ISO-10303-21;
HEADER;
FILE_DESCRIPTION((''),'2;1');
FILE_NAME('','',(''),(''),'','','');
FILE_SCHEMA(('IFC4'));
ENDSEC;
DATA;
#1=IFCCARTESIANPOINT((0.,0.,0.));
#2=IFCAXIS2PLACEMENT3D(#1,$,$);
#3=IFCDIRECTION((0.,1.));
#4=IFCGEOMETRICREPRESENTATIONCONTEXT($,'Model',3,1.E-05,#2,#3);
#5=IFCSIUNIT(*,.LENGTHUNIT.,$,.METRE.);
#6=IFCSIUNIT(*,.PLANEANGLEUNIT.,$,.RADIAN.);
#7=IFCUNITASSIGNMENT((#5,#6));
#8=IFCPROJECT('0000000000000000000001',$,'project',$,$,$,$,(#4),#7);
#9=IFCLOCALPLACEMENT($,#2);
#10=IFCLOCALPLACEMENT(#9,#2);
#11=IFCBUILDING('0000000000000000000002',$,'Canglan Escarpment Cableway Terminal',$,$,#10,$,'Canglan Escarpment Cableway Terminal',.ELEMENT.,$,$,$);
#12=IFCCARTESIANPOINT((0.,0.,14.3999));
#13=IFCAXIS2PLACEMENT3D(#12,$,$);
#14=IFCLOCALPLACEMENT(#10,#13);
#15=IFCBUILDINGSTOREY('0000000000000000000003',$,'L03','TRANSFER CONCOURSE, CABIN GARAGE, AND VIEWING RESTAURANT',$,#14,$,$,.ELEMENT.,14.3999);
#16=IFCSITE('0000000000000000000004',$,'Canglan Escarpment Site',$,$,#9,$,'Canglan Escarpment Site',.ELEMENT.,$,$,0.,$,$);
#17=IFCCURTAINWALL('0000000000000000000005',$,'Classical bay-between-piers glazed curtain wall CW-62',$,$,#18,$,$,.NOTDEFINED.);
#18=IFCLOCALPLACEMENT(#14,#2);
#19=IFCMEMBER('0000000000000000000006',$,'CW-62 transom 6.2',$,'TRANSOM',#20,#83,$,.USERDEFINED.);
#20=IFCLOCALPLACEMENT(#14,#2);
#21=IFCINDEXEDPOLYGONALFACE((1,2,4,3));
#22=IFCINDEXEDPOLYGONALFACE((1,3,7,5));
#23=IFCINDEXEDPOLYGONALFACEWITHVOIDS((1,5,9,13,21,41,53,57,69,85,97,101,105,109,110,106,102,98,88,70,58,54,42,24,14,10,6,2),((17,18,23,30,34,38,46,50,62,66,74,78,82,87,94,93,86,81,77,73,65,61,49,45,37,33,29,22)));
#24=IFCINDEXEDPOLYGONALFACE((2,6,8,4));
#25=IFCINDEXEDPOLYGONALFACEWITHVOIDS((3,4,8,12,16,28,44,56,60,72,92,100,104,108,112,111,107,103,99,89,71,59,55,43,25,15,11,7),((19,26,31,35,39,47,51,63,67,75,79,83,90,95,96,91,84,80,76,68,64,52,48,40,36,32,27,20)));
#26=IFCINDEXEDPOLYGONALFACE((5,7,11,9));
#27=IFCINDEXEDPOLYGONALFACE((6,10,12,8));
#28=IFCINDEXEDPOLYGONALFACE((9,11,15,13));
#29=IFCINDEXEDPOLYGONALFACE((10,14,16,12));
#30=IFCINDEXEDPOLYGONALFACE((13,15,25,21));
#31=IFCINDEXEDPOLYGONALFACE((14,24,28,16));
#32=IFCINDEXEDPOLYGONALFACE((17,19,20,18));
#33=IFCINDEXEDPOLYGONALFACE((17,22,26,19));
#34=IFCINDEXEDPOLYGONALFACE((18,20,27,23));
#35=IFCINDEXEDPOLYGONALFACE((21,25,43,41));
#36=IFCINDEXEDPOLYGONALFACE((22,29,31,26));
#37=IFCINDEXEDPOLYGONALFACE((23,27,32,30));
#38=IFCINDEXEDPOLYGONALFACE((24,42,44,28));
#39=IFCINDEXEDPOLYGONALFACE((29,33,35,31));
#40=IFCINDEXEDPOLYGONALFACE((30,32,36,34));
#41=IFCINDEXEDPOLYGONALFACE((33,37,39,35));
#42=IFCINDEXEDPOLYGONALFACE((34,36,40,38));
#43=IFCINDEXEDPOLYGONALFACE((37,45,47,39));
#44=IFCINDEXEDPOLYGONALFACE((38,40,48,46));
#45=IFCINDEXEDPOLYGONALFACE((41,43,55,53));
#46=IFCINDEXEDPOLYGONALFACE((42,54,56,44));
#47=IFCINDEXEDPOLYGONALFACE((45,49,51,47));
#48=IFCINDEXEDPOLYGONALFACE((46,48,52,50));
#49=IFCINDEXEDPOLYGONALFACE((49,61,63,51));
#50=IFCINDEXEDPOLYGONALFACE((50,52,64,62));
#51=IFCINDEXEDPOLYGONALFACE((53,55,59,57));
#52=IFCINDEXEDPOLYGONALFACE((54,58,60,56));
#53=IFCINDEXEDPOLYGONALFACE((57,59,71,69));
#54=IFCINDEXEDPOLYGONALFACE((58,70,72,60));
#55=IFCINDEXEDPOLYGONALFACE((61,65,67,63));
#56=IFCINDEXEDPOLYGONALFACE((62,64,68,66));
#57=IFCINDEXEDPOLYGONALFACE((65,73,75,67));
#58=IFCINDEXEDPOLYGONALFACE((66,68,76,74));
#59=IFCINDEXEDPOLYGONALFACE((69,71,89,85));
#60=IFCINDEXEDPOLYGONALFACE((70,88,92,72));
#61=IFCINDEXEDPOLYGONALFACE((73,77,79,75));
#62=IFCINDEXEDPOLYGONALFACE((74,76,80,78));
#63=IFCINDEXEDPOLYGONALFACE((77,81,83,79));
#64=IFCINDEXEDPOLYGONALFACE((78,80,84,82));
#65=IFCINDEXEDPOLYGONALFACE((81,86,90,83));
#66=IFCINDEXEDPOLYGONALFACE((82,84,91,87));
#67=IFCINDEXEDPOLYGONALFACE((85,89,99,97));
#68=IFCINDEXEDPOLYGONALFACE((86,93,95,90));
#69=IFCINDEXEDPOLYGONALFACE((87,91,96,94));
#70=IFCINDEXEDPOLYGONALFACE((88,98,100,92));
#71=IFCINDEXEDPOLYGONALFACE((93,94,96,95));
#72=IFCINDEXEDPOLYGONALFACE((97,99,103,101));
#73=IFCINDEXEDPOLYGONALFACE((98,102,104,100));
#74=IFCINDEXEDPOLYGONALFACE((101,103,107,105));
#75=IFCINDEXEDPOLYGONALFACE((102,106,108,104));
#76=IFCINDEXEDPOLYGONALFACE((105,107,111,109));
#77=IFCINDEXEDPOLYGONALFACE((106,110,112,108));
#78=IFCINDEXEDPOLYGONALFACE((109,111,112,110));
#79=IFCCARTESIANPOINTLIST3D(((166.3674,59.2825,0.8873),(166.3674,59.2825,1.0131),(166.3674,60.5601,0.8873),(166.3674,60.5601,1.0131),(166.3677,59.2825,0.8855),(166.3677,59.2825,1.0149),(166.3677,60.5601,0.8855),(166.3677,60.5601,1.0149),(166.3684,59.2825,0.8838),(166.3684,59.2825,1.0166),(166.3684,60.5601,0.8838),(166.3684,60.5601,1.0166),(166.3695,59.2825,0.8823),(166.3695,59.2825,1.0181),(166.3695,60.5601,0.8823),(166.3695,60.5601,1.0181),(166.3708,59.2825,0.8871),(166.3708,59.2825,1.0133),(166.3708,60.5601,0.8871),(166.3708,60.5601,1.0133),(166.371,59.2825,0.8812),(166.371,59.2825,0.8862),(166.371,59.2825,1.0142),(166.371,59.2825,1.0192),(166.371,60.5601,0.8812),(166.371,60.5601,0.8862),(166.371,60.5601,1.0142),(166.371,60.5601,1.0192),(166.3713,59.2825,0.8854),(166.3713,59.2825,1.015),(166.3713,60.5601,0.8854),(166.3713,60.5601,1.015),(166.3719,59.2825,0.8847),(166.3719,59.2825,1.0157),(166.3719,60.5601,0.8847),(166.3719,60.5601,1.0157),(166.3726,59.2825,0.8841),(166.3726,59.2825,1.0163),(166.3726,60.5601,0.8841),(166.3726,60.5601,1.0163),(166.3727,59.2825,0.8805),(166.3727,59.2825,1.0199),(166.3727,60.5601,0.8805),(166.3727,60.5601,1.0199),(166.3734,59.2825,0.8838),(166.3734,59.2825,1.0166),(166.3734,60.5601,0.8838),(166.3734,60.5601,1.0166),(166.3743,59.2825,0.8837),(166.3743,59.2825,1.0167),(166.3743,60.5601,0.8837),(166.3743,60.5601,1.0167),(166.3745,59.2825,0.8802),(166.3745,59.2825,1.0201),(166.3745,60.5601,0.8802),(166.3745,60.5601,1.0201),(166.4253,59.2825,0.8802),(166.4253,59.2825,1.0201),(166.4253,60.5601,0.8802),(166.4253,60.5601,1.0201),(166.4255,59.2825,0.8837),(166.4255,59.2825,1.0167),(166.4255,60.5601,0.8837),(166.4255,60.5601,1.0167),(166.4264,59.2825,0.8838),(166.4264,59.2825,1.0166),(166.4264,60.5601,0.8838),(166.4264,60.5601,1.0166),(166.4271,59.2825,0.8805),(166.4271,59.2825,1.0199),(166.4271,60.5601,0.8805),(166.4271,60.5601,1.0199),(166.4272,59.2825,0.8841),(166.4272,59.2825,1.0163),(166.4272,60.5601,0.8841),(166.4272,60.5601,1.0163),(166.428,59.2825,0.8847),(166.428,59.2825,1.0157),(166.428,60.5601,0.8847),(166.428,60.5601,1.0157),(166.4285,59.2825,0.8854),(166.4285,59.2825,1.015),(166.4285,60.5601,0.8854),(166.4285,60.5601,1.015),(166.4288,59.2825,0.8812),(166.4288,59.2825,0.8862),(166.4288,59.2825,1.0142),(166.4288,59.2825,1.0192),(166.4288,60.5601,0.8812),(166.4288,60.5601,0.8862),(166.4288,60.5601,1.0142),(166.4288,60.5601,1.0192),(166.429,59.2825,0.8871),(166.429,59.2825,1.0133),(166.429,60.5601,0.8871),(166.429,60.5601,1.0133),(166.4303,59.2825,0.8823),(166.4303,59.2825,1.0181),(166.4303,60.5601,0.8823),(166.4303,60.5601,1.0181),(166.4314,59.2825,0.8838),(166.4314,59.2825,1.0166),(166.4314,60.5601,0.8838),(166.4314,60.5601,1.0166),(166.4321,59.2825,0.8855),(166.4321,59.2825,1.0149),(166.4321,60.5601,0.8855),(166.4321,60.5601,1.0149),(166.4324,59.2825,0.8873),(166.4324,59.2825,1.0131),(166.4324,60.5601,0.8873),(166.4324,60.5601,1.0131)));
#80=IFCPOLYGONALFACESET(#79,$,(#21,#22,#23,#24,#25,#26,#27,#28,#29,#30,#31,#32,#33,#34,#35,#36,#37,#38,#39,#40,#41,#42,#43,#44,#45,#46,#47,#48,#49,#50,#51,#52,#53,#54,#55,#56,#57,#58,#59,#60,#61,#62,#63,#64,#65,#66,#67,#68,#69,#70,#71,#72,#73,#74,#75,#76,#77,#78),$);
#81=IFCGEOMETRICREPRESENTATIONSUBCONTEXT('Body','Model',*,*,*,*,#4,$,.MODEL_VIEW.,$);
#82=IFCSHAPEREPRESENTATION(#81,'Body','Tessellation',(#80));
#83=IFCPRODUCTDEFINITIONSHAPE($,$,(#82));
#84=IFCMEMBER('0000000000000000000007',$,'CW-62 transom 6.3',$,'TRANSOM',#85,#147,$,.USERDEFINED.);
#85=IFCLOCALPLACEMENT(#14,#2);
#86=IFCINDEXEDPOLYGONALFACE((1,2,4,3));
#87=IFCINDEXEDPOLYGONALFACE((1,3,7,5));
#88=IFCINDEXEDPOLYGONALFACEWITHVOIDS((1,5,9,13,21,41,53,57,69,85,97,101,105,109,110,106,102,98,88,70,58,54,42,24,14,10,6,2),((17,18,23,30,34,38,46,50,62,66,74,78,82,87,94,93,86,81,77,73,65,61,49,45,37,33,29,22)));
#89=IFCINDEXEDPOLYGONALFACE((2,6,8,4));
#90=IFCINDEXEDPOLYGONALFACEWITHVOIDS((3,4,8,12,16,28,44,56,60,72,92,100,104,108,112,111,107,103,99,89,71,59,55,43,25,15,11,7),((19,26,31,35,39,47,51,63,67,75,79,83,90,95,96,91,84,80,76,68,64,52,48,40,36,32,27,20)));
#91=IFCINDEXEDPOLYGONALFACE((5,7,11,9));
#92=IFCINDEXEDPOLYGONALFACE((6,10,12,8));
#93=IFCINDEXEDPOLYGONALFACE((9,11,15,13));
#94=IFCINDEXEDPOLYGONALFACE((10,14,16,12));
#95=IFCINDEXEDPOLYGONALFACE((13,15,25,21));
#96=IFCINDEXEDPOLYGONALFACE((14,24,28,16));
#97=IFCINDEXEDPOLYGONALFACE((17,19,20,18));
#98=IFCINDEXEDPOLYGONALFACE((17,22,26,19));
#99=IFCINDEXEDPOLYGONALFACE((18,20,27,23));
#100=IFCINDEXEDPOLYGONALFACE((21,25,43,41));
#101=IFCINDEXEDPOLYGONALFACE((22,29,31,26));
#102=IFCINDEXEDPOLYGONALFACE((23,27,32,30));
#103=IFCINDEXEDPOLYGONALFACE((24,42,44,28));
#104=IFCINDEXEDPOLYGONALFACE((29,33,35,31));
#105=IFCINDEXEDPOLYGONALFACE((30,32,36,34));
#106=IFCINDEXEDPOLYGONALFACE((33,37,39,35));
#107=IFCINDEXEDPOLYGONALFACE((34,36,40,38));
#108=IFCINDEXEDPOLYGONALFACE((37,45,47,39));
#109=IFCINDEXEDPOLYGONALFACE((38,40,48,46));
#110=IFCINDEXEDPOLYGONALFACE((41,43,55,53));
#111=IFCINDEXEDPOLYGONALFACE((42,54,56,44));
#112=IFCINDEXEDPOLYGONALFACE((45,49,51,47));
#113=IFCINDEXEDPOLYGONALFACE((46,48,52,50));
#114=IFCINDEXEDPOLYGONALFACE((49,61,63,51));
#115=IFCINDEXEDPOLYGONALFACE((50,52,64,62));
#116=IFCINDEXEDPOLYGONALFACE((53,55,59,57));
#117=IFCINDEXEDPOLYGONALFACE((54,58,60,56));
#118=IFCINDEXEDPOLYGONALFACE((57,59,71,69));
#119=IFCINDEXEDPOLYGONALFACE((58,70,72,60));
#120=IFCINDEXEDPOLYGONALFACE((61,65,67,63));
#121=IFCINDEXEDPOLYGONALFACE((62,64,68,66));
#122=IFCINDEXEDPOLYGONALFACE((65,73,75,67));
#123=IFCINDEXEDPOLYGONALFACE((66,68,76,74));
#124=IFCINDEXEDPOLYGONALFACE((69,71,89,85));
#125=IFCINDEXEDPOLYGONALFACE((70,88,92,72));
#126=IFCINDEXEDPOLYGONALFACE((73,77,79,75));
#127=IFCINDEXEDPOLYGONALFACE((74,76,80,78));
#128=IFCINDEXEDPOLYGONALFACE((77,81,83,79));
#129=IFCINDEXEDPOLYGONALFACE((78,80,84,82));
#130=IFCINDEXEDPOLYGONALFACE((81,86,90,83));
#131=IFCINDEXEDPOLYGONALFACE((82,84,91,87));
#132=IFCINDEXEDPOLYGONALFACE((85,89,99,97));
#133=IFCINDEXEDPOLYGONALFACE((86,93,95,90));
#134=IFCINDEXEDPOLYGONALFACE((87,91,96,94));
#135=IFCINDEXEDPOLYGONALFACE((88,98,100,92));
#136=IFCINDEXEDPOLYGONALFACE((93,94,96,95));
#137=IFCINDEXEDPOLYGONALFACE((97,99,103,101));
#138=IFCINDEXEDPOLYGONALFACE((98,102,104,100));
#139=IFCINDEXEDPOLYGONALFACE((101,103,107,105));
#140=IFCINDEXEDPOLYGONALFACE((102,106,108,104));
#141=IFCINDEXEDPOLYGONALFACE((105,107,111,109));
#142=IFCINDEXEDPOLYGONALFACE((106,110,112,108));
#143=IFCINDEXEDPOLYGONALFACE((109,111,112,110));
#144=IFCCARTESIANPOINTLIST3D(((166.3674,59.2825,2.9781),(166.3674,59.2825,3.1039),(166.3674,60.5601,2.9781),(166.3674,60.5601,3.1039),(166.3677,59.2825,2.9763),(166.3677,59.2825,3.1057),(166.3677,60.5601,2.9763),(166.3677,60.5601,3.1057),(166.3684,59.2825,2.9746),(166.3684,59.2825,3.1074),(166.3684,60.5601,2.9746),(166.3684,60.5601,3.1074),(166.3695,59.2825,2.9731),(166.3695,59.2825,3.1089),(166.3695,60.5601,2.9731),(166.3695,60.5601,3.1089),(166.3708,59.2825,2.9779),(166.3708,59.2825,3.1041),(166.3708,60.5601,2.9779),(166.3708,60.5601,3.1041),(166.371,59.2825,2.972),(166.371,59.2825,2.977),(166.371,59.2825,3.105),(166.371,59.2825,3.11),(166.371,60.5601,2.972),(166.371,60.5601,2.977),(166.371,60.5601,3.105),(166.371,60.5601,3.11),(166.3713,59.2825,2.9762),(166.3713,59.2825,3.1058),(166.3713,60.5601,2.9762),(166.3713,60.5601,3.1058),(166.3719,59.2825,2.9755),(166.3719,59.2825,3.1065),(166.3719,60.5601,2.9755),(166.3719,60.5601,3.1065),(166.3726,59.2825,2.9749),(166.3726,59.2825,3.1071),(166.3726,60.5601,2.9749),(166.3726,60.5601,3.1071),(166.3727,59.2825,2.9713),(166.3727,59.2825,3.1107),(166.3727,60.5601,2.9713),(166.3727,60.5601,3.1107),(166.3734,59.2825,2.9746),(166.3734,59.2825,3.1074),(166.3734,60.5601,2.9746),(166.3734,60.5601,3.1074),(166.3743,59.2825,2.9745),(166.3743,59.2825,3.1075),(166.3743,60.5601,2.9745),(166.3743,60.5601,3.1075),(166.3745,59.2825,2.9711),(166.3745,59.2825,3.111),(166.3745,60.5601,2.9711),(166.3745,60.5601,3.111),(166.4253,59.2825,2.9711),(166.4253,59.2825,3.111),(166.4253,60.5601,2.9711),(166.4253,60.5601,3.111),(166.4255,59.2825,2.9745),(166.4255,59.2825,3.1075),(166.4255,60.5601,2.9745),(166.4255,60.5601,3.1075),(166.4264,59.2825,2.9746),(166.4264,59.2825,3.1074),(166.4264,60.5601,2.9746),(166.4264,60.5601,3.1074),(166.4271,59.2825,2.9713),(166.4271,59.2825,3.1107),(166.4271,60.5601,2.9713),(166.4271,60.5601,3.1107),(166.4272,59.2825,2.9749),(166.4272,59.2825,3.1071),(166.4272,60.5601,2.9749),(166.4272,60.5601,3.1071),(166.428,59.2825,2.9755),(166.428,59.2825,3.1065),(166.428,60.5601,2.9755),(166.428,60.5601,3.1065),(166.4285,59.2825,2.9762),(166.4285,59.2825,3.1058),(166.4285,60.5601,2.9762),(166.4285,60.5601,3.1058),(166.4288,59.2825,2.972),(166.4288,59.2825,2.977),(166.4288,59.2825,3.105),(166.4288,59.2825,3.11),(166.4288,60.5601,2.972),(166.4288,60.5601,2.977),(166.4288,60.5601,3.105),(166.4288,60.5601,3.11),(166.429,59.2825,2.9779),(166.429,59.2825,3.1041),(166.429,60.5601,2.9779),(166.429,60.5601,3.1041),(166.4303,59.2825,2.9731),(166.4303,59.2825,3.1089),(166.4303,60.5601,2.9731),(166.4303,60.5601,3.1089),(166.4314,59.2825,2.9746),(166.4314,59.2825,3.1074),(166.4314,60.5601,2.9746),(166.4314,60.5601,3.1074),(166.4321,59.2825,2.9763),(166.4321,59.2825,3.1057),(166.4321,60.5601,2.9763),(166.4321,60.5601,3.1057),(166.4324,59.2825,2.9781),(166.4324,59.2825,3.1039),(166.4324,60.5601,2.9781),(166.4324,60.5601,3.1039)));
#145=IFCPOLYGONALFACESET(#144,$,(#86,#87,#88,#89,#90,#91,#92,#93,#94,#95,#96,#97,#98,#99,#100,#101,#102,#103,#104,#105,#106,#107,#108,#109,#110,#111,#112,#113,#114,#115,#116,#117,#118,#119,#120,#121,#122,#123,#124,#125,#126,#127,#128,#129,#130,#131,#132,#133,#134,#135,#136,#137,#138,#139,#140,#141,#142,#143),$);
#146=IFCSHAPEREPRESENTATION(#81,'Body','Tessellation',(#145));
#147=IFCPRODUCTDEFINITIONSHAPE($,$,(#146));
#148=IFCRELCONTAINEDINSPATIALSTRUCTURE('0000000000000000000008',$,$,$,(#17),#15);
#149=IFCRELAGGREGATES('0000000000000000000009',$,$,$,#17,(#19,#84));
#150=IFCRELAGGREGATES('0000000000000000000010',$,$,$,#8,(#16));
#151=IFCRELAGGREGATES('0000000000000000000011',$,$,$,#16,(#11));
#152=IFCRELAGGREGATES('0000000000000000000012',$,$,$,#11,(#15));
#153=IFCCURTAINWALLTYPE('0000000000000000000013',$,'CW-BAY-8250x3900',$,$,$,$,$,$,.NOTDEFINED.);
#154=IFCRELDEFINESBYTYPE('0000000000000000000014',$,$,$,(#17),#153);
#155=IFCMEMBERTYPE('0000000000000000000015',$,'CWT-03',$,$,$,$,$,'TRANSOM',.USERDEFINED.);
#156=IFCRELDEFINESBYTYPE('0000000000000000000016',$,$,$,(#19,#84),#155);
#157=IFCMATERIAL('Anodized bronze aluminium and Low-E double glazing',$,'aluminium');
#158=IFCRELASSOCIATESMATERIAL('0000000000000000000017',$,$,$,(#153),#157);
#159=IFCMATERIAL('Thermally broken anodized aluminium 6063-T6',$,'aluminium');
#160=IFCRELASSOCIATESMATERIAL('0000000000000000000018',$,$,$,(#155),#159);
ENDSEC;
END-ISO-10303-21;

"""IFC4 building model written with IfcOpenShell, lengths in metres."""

from ifc_helpers import new_model, si_unit, direction, frame, origin, origin_2d, place, context, subcontext, project, spatial, hollow_rectangle, extrude, material, material_profile, profile_set, type_object, element, aggregate, save


model = new_model("IFC4")

# Units and contexts
model_context = context("Model", 3, precision=1e-05, world=origin(), true_north=direction((0.0, 1.0)))
body_context = subcontext(model_context, "Body", "Model", "MODEL_VIEW")
ifc_project = project(units=[si_unit("LENGTHUNIT", "METRE"), si_unit("PLANEANGLEUNIT", "RADIAN")], contexts=[model_context])

# Site, building, storey
site_placement = place(None, origin())
site = spatial("IfcSite", under=ifc_project, at=site_placement, Name="Canglan Escarpment Site", LongName="Canglan Escarpment Site", CompositionType="ELEMENT", RefElevation=0.0)
building_placement = place(site_placement, origin())
building = spatial("IfcBuilding", under=site, at=building_placement, Name="Canglan Escarpment Cableway Terminal", LongName="Canglan Escarpment Cableway Terminal", CompositionType="ELEMENT")
storey_placement = place(building_placement, frame((0.0, 0.0, 14.3999)))
storey = spatial("IfcBuildingStorey", under=building, at=storey_placement, Name="L03", Description="TRANSFER CONCOURSE, CABIN GARAGE, AND VIEWING RESTAURANT", CompositionType="ELEMENT", Elevation=14.3999)

# Curtain wall
ifc_material_1 = material(Name="Anodized bronze aluminium and Low-E double glazing", Category="aluminium")
curtain_wall_type = type_object("IfcCurtainWallType", Name="CW-BAY-8250x3900", PredefinedType="NOTDEFINED", material=ifc_material_1)
ifc_material_2 = material(Name="Thermally broken anodized aluminium 6063-T6", Category="aluminium")
curtain_wall_1_placement = place(storey_placement, origin())
curtain_wall_1 = element("IfcCurtainWall", 1, at=curtain_wall_1_placement, inside=storey, type_object=curtain_wall_type, Name="Classical bay-between-piers glazed curtain wall CW-62", PredefinedType="NOTDEFINED")

# Members
ifc_material_profile_1 = material_profile(ifc_material_2, hollow_rectangle(XDim=0.0649, YDim=0.1399, WallThickness=0.0034, InnerFilletRadius=0.0034, OuterFilletRadius=0.0071, at=origin_2d()), Name="ALU-TRAN 65x140x3.5")
ifc_profile_set_1 = profile_set([ifc_material_profile_1], Name="Thermally broken anodized aluminium 6063-T6")
member_type_1 = type_object("IfcMemberType", Name="CWT-03", ElementType="TRANSOM", PredefinedType="USERDEFINED", material=ifc_profile_set_1)
member_1_placement = place(storey_placement, frame((166.3999, 59.2825, 0.9502), z_axis=(0.0, 1.0, 0.0), x_axis=(-1.0, 0.0, 0.0)))
member_1 = element("IfcMember", 2, at=member_1_placement, type_object=member_type_1, Name="CW-62 transom 6.2", ObjectType="TRANSOM", PredefinedType="USERDEFINED", context=body_context, shape_type="SweptSolid", body=[
    extrude(hollow_rectangle(XDim=0.0649, YDim=0.1399, WallThickness=0.0034, InnerFilletRadius=0.0034, OuterFilletRadius=0.0071, at=origin_2d()), origin(), (0.0, 0.0, 1.0), 1.2776),
])
member_2_placement = place(storey_placement, frame((166.3999, 59.2825, 3.041), z_axis=(0.0, 1.0, 0.0), x_axis=(-1.0, 0.0, 0.0)))
member_2 = element("IfcMember", 3, at=member_2_placement, type_object=member_type_1, Name="CW-62 transom 6.3", ObjectType="TRANSOM", PredefinedType="USERDEFINED", context=body_context, shape_type="SweptSolid", body=[
    extrude(hollow_rectangle(XDim=0.0649, YDim=0.1399, WallThickness=0.0034, InnerFilletRadius=0.0034, OuterFilletRadius=0.0071, at=origin_2d()), origin(), (0.0, 0.0, 1.0), 1.2776),
])

aggregate(curtain_wall_1, [member_1, member_2])

save(model, "model.ifc")
